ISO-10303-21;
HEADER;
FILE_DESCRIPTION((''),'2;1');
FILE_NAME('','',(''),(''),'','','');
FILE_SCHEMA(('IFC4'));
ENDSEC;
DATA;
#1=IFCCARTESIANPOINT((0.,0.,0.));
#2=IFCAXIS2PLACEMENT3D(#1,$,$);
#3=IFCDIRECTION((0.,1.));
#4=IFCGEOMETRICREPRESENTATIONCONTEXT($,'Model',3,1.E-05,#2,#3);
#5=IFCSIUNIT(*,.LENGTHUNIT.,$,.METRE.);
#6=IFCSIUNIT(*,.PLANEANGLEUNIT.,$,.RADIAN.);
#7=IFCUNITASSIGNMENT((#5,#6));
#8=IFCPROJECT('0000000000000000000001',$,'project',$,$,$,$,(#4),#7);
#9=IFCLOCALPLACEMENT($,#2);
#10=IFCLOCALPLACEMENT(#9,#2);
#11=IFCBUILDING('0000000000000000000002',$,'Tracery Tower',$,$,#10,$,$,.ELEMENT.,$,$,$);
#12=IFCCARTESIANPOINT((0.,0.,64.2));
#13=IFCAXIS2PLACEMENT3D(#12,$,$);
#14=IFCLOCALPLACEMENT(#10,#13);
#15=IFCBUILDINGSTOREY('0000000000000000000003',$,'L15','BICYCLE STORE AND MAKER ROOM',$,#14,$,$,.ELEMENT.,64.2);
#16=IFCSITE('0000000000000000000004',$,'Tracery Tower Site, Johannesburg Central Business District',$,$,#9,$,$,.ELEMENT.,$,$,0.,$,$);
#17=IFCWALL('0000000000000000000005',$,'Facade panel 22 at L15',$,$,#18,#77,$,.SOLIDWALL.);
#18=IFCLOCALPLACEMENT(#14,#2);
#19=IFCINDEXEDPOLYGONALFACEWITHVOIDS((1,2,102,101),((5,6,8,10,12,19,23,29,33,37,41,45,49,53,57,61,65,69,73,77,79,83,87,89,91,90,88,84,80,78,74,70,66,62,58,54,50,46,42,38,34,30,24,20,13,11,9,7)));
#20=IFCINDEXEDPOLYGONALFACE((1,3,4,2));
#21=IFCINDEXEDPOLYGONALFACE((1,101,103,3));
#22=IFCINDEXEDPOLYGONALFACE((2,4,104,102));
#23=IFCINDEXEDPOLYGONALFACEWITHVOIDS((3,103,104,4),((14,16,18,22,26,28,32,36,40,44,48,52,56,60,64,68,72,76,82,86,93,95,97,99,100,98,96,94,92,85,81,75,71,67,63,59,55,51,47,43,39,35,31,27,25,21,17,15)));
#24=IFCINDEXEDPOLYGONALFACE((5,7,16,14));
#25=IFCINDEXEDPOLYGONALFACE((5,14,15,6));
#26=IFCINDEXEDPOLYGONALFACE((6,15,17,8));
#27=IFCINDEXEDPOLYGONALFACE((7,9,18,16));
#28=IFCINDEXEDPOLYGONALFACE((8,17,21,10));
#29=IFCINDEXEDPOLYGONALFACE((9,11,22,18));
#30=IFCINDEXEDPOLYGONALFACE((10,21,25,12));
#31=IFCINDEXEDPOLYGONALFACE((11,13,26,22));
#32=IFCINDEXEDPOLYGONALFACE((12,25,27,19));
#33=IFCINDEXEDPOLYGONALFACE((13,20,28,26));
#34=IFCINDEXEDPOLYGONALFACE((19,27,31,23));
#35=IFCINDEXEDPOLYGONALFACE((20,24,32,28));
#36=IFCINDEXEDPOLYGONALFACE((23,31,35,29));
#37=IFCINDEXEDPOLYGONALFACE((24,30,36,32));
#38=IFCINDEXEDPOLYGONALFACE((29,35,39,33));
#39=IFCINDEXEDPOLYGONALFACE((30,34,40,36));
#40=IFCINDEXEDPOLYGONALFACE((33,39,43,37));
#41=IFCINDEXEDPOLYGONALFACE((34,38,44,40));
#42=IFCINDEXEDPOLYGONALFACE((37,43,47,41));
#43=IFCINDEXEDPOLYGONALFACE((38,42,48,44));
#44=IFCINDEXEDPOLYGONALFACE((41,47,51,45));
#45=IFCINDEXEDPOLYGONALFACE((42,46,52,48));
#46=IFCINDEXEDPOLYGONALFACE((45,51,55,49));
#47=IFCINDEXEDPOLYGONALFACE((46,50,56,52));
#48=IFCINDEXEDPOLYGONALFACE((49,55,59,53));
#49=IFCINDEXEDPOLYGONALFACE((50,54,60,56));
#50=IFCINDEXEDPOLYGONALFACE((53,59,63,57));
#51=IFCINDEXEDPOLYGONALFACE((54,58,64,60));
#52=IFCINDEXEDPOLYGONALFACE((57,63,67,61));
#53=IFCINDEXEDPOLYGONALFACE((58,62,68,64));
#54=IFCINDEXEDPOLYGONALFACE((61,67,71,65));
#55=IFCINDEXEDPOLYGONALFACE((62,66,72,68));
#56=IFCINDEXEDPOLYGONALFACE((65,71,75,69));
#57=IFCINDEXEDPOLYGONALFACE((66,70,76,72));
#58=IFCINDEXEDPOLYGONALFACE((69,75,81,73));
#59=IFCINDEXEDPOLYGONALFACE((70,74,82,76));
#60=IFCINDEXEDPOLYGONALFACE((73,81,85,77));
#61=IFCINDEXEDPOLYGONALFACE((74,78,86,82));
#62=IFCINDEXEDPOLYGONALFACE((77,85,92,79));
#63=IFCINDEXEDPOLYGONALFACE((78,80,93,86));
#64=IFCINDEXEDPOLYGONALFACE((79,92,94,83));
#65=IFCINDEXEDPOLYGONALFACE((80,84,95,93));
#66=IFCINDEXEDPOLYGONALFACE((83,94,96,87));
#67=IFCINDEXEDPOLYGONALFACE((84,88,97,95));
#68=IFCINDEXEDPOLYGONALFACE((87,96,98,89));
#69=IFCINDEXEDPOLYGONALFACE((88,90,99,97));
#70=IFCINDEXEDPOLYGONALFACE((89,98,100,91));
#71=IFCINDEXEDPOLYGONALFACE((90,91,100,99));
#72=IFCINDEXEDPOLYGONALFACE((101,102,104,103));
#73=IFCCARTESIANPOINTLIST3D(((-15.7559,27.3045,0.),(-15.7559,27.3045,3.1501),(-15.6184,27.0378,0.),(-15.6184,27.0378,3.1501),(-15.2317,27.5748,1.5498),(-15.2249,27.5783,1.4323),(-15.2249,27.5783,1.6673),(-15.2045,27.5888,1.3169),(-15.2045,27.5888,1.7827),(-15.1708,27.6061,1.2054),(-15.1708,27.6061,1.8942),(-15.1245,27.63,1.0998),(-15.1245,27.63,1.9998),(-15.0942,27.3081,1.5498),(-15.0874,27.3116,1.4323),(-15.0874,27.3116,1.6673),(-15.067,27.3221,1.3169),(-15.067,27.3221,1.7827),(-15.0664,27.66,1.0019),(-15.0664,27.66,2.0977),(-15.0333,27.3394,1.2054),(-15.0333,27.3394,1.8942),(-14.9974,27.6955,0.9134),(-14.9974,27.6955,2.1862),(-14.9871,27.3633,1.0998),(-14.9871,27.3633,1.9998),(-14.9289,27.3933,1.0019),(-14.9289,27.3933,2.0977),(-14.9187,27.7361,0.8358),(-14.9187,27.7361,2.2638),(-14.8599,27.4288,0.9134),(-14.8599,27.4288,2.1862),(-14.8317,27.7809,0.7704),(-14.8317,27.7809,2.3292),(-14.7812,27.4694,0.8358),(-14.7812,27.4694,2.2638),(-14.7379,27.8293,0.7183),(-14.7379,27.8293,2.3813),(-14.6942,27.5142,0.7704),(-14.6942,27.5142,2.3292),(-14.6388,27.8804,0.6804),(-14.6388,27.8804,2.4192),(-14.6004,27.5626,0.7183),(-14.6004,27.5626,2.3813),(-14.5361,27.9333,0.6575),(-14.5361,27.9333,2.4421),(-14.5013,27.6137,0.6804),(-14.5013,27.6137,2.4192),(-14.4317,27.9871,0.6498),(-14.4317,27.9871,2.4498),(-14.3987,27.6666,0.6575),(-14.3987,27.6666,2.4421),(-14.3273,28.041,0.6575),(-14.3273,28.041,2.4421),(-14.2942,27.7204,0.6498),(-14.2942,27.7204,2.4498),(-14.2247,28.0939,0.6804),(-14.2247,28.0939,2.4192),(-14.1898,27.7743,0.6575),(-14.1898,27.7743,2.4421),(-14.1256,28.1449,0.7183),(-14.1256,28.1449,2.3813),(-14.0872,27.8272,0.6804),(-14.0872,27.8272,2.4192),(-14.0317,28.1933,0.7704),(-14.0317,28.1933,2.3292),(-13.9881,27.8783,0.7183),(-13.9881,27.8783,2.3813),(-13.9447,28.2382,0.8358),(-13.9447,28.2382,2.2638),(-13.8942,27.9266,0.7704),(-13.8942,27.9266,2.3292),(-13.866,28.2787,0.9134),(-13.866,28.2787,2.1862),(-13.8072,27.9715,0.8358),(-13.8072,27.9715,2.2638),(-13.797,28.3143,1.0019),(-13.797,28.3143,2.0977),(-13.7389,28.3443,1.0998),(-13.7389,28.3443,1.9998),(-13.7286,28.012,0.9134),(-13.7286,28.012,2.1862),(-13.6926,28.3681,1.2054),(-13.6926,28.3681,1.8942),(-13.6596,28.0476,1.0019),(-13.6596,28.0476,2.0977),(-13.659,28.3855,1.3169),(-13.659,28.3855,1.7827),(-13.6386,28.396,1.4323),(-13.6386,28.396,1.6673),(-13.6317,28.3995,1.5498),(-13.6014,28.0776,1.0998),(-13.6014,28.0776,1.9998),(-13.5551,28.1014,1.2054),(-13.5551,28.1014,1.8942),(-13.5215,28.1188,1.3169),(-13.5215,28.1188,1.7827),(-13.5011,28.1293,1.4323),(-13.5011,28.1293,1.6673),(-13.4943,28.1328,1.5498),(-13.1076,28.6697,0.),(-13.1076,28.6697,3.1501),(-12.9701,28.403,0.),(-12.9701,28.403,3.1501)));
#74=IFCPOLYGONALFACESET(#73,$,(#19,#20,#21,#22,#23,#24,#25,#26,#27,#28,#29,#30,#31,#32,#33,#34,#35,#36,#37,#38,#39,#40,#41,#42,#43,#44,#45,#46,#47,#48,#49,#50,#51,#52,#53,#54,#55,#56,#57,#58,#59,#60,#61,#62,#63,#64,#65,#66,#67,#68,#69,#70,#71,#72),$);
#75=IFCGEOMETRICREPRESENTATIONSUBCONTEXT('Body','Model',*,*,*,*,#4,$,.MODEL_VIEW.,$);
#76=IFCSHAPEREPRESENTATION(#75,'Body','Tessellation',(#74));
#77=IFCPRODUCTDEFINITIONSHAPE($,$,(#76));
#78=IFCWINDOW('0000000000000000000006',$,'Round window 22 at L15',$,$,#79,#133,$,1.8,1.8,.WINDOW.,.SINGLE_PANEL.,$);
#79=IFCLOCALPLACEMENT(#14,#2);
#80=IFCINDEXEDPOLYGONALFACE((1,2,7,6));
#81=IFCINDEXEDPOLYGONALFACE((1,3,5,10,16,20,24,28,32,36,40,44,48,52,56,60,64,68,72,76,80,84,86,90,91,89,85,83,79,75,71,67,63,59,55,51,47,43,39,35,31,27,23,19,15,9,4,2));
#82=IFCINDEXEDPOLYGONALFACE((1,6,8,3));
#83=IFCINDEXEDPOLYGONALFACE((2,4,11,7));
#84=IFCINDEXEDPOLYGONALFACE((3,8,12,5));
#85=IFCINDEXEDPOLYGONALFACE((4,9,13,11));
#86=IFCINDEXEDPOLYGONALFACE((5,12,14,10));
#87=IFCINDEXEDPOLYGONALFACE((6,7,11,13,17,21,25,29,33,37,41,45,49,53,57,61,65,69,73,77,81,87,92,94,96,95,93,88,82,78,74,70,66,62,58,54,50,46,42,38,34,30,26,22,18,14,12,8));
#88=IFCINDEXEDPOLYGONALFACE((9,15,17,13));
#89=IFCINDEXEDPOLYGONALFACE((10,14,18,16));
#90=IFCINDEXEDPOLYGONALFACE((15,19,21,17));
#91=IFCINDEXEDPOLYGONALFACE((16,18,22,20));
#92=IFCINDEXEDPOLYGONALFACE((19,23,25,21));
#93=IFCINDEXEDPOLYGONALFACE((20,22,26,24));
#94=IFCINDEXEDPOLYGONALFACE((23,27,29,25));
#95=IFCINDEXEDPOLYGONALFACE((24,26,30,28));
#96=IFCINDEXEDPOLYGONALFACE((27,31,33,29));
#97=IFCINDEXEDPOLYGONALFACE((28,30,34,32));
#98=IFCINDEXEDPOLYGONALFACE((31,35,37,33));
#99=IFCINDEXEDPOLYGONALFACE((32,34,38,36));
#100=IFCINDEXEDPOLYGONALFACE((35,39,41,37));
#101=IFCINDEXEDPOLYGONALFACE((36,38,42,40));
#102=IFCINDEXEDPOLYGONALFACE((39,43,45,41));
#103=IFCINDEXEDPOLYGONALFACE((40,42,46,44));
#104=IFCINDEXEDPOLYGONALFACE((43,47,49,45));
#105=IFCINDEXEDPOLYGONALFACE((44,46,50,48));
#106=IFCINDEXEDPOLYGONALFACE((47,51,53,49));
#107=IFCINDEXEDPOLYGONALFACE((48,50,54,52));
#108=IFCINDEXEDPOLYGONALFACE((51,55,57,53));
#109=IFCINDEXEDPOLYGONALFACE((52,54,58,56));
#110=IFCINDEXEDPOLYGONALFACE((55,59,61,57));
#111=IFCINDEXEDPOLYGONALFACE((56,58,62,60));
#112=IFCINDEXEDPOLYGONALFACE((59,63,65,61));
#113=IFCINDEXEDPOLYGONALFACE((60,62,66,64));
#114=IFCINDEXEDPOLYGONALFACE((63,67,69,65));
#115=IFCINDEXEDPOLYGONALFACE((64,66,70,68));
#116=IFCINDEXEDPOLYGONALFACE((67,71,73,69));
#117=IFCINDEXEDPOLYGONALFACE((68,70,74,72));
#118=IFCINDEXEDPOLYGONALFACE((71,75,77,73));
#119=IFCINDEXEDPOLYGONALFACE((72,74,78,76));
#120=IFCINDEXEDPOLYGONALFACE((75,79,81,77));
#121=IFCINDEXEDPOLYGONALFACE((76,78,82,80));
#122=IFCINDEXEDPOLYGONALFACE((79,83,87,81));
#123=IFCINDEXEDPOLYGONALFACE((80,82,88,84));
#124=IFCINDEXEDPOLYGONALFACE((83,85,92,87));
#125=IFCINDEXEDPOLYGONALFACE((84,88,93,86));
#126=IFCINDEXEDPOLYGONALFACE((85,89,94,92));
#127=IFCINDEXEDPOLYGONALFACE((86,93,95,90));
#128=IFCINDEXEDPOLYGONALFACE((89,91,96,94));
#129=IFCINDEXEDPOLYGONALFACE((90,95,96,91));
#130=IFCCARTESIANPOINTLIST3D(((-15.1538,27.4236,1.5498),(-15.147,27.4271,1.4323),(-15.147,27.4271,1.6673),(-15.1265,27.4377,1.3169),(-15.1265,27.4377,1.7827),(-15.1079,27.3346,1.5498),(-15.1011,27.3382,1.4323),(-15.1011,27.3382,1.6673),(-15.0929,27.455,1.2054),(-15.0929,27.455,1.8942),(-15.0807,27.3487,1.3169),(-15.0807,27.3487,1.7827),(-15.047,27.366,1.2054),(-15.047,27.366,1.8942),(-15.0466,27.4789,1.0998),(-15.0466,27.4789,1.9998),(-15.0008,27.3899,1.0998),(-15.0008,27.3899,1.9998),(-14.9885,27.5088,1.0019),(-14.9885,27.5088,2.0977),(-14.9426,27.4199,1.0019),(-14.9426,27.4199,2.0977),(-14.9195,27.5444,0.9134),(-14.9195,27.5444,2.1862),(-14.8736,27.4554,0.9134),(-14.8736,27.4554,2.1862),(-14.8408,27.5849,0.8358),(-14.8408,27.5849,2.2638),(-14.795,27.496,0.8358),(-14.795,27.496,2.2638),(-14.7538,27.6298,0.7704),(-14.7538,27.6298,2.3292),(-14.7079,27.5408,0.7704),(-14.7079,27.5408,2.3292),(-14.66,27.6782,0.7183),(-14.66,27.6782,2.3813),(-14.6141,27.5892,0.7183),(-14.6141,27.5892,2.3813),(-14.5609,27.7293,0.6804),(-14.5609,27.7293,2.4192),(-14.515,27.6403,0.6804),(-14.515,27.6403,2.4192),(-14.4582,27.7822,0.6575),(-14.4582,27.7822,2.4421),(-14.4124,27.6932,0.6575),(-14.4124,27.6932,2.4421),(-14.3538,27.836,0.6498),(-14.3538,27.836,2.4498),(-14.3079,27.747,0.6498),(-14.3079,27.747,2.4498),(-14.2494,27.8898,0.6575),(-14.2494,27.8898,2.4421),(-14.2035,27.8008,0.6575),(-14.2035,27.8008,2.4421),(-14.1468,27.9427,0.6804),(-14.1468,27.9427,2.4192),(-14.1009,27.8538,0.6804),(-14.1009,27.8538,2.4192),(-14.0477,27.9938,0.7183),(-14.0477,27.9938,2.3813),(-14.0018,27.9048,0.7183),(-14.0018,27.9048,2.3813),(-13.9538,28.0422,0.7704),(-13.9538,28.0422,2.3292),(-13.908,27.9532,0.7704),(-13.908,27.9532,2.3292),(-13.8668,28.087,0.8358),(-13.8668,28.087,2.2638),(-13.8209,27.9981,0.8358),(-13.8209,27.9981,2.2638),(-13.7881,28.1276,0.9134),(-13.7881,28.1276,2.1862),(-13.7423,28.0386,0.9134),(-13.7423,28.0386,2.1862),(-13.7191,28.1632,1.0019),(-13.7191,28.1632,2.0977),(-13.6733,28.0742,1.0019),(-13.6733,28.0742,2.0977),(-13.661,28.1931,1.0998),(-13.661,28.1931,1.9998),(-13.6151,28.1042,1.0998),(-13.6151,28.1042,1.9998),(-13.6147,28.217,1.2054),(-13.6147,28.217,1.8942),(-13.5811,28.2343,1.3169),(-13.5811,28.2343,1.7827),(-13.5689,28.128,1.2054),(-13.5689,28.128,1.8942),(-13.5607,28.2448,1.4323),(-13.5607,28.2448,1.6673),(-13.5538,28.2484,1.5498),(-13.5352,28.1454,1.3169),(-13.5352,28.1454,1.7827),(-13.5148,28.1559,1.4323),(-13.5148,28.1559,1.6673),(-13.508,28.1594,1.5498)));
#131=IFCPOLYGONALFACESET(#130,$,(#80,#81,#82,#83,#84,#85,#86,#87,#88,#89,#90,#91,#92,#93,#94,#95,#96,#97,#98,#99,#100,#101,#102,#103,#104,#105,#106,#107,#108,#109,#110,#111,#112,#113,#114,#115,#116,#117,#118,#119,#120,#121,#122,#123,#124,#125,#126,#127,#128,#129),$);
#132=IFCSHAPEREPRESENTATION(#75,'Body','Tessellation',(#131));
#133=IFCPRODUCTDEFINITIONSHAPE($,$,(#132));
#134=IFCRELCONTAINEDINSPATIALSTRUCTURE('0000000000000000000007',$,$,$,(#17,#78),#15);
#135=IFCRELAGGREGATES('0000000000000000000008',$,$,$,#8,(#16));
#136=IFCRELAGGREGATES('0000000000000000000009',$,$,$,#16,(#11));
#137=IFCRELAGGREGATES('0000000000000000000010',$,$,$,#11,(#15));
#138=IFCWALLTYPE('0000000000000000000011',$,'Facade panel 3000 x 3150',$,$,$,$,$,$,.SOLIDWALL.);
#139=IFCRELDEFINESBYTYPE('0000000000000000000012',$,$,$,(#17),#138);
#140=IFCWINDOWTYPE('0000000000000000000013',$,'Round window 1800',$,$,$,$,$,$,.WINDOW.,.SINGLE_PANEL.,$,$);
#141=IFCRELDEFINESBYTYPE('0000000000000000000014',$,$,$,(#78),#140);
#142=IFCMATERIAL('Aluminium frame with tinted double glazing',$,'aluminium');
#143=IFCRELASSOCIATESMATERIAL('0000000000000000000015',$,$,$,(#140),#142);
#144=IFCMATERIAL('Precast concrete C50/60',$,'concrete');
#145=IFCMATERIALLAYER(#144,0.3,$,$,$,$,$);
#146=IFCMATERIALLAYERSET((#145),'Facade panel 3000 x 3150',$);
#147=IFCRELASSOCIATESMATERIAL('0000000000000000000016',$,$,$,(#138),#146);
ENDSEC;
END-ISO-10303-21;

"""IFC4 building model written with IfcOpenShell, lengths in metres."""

from ifc_helpers import new_model, si_unit, direction, frame, frame_2d, origin, origin_2d, place, context, subcontext, project, spatial, rectangle, circle, extrude, material, layer, layer_set, type_object, element, fill, save


model = new_model("IFC4")

# Units and contexts
model_context = context("Model", 3, precision=1e-05, world=origin(), true_north=direction((0.0, 1.0)))
body_context = subcontext(model_context, "Body", "Model", "MODEL_VIEW")
ifc_project = project(units=[si_unit("LENGTHUNIT", "METRE"), si_unit("PLANEANGLEUNIT", "RADIAN")], contexts=[model_context])

# Site, building, storey
site_placement = place(None, origin())
site = spatial("IfcSite", under=ifc_project, at=site_placement, Name="Tracery Tower Site, Johannesburg Central Business District", CompositionType="ELEMENT", RefElevation=0.0)
building_placement = place(site_placement, origin())
building = spatial("IfcBuilding", under=site, at=building_placement, Name="Tracery Tower", CompositionType="ELEMENT")
storey_placement = place(building_placement, frame((0.0, 0.0, 64.2)))
storey = spatial("IfcBuildingStorey", under=building, at=storey_placement, Name="L15", Description="BICYCLE STORE AND MAKER ROOM", CompositionType="ELEMENT", Elevation=64.2)

# Wall, opening, window
ifc_material_1 = material(Name="Aluminium frame with tinted double glazing", Category="aluminium")
window_type = type_object("IfcWindowType", Name="Round window 1800", PartitioningType="SINGLE_PANEL", PredefinedType="WINDOW", material=ifc_material_1)
ifc_material_2 = material(Name="Precast concrete C50/60", Category="concrete")
ifc_layer_1 = layer(ifc_material_2, 0.3)
ifc_layer_set_1 = layer_set([ifc_layer_1], Name="Facade panel 3000 x 3150")
wall_type_1 = type_object("IfcWallType", Name="Facade panel 3000 x 3150", PredefinedType="SOLIDWALL", material=ifc_layer_set_1)
wall_1_placement = place(storey_placement, frame((-13.0388, 28.5364, 0.0), z_axis=(0.0, 0.0, 1.0), x_axis=(-0.888853, -0.458192, 0.0)))
wall_1 = element("IfcWall", 1, at=wall_1_placement, inside=storey, type_object=wall_type_1, Name="Facade panel 22 at L15", PredefinedType="SOLIDWALL", context=body_context, shape_type="SweptSolid", body=[
    extrude(rectangle(XDim=2.9795, YDim=0.3, at=frame_2d((1.4897, 0.0))), origin(), (0.0, 0.0, 1.0), 3.1501),
])
opening_1_placement = place(wall_1_placement, frame((1.4897, 0.0, 1.5498)))
opening_1 = element("IfcOpeningElement", 2, at=opening_1_placement, cuts=wall_1, PredefinedType="OPENING", context=body_context, shape_type="SweptSolid", body=[
    extrude(circle(Radius=0.9, at=origin_2d()), frame((0.0, 0.1599, 0.0), z_axis=(0.0, -1.0, 0.0), x_axis=(1.0, 0.0, 0.0)), (0.0, 0.0, 1.0), 0.3201),
])
window_1_placement = place(opening_1_placement, origin())
window_1 = element("IfcWindow", 3, at=window_1_placement, inside=storey, type_object=window_type, Name="Round window 22 at L15", OverallHeight=1.8, OverallWidth=1.8, PartitioningType="SINGLE_PANEL", PredefinedType="WINDOW", context=body_context, shape_type="SweptSolid", body=[
    extrude(circle(Radius=0.9, at=origin_2d()), frame((0.0, 0.1201, 0.0), z_axis=(0.0, -1.0, 0.0), x_axis=(1.0, 0.0, 0.0)), (0.0, 0.0, 1.0), 0.1001),
])
fill(opening_1, window_1)

save(model, "model.ifc")
